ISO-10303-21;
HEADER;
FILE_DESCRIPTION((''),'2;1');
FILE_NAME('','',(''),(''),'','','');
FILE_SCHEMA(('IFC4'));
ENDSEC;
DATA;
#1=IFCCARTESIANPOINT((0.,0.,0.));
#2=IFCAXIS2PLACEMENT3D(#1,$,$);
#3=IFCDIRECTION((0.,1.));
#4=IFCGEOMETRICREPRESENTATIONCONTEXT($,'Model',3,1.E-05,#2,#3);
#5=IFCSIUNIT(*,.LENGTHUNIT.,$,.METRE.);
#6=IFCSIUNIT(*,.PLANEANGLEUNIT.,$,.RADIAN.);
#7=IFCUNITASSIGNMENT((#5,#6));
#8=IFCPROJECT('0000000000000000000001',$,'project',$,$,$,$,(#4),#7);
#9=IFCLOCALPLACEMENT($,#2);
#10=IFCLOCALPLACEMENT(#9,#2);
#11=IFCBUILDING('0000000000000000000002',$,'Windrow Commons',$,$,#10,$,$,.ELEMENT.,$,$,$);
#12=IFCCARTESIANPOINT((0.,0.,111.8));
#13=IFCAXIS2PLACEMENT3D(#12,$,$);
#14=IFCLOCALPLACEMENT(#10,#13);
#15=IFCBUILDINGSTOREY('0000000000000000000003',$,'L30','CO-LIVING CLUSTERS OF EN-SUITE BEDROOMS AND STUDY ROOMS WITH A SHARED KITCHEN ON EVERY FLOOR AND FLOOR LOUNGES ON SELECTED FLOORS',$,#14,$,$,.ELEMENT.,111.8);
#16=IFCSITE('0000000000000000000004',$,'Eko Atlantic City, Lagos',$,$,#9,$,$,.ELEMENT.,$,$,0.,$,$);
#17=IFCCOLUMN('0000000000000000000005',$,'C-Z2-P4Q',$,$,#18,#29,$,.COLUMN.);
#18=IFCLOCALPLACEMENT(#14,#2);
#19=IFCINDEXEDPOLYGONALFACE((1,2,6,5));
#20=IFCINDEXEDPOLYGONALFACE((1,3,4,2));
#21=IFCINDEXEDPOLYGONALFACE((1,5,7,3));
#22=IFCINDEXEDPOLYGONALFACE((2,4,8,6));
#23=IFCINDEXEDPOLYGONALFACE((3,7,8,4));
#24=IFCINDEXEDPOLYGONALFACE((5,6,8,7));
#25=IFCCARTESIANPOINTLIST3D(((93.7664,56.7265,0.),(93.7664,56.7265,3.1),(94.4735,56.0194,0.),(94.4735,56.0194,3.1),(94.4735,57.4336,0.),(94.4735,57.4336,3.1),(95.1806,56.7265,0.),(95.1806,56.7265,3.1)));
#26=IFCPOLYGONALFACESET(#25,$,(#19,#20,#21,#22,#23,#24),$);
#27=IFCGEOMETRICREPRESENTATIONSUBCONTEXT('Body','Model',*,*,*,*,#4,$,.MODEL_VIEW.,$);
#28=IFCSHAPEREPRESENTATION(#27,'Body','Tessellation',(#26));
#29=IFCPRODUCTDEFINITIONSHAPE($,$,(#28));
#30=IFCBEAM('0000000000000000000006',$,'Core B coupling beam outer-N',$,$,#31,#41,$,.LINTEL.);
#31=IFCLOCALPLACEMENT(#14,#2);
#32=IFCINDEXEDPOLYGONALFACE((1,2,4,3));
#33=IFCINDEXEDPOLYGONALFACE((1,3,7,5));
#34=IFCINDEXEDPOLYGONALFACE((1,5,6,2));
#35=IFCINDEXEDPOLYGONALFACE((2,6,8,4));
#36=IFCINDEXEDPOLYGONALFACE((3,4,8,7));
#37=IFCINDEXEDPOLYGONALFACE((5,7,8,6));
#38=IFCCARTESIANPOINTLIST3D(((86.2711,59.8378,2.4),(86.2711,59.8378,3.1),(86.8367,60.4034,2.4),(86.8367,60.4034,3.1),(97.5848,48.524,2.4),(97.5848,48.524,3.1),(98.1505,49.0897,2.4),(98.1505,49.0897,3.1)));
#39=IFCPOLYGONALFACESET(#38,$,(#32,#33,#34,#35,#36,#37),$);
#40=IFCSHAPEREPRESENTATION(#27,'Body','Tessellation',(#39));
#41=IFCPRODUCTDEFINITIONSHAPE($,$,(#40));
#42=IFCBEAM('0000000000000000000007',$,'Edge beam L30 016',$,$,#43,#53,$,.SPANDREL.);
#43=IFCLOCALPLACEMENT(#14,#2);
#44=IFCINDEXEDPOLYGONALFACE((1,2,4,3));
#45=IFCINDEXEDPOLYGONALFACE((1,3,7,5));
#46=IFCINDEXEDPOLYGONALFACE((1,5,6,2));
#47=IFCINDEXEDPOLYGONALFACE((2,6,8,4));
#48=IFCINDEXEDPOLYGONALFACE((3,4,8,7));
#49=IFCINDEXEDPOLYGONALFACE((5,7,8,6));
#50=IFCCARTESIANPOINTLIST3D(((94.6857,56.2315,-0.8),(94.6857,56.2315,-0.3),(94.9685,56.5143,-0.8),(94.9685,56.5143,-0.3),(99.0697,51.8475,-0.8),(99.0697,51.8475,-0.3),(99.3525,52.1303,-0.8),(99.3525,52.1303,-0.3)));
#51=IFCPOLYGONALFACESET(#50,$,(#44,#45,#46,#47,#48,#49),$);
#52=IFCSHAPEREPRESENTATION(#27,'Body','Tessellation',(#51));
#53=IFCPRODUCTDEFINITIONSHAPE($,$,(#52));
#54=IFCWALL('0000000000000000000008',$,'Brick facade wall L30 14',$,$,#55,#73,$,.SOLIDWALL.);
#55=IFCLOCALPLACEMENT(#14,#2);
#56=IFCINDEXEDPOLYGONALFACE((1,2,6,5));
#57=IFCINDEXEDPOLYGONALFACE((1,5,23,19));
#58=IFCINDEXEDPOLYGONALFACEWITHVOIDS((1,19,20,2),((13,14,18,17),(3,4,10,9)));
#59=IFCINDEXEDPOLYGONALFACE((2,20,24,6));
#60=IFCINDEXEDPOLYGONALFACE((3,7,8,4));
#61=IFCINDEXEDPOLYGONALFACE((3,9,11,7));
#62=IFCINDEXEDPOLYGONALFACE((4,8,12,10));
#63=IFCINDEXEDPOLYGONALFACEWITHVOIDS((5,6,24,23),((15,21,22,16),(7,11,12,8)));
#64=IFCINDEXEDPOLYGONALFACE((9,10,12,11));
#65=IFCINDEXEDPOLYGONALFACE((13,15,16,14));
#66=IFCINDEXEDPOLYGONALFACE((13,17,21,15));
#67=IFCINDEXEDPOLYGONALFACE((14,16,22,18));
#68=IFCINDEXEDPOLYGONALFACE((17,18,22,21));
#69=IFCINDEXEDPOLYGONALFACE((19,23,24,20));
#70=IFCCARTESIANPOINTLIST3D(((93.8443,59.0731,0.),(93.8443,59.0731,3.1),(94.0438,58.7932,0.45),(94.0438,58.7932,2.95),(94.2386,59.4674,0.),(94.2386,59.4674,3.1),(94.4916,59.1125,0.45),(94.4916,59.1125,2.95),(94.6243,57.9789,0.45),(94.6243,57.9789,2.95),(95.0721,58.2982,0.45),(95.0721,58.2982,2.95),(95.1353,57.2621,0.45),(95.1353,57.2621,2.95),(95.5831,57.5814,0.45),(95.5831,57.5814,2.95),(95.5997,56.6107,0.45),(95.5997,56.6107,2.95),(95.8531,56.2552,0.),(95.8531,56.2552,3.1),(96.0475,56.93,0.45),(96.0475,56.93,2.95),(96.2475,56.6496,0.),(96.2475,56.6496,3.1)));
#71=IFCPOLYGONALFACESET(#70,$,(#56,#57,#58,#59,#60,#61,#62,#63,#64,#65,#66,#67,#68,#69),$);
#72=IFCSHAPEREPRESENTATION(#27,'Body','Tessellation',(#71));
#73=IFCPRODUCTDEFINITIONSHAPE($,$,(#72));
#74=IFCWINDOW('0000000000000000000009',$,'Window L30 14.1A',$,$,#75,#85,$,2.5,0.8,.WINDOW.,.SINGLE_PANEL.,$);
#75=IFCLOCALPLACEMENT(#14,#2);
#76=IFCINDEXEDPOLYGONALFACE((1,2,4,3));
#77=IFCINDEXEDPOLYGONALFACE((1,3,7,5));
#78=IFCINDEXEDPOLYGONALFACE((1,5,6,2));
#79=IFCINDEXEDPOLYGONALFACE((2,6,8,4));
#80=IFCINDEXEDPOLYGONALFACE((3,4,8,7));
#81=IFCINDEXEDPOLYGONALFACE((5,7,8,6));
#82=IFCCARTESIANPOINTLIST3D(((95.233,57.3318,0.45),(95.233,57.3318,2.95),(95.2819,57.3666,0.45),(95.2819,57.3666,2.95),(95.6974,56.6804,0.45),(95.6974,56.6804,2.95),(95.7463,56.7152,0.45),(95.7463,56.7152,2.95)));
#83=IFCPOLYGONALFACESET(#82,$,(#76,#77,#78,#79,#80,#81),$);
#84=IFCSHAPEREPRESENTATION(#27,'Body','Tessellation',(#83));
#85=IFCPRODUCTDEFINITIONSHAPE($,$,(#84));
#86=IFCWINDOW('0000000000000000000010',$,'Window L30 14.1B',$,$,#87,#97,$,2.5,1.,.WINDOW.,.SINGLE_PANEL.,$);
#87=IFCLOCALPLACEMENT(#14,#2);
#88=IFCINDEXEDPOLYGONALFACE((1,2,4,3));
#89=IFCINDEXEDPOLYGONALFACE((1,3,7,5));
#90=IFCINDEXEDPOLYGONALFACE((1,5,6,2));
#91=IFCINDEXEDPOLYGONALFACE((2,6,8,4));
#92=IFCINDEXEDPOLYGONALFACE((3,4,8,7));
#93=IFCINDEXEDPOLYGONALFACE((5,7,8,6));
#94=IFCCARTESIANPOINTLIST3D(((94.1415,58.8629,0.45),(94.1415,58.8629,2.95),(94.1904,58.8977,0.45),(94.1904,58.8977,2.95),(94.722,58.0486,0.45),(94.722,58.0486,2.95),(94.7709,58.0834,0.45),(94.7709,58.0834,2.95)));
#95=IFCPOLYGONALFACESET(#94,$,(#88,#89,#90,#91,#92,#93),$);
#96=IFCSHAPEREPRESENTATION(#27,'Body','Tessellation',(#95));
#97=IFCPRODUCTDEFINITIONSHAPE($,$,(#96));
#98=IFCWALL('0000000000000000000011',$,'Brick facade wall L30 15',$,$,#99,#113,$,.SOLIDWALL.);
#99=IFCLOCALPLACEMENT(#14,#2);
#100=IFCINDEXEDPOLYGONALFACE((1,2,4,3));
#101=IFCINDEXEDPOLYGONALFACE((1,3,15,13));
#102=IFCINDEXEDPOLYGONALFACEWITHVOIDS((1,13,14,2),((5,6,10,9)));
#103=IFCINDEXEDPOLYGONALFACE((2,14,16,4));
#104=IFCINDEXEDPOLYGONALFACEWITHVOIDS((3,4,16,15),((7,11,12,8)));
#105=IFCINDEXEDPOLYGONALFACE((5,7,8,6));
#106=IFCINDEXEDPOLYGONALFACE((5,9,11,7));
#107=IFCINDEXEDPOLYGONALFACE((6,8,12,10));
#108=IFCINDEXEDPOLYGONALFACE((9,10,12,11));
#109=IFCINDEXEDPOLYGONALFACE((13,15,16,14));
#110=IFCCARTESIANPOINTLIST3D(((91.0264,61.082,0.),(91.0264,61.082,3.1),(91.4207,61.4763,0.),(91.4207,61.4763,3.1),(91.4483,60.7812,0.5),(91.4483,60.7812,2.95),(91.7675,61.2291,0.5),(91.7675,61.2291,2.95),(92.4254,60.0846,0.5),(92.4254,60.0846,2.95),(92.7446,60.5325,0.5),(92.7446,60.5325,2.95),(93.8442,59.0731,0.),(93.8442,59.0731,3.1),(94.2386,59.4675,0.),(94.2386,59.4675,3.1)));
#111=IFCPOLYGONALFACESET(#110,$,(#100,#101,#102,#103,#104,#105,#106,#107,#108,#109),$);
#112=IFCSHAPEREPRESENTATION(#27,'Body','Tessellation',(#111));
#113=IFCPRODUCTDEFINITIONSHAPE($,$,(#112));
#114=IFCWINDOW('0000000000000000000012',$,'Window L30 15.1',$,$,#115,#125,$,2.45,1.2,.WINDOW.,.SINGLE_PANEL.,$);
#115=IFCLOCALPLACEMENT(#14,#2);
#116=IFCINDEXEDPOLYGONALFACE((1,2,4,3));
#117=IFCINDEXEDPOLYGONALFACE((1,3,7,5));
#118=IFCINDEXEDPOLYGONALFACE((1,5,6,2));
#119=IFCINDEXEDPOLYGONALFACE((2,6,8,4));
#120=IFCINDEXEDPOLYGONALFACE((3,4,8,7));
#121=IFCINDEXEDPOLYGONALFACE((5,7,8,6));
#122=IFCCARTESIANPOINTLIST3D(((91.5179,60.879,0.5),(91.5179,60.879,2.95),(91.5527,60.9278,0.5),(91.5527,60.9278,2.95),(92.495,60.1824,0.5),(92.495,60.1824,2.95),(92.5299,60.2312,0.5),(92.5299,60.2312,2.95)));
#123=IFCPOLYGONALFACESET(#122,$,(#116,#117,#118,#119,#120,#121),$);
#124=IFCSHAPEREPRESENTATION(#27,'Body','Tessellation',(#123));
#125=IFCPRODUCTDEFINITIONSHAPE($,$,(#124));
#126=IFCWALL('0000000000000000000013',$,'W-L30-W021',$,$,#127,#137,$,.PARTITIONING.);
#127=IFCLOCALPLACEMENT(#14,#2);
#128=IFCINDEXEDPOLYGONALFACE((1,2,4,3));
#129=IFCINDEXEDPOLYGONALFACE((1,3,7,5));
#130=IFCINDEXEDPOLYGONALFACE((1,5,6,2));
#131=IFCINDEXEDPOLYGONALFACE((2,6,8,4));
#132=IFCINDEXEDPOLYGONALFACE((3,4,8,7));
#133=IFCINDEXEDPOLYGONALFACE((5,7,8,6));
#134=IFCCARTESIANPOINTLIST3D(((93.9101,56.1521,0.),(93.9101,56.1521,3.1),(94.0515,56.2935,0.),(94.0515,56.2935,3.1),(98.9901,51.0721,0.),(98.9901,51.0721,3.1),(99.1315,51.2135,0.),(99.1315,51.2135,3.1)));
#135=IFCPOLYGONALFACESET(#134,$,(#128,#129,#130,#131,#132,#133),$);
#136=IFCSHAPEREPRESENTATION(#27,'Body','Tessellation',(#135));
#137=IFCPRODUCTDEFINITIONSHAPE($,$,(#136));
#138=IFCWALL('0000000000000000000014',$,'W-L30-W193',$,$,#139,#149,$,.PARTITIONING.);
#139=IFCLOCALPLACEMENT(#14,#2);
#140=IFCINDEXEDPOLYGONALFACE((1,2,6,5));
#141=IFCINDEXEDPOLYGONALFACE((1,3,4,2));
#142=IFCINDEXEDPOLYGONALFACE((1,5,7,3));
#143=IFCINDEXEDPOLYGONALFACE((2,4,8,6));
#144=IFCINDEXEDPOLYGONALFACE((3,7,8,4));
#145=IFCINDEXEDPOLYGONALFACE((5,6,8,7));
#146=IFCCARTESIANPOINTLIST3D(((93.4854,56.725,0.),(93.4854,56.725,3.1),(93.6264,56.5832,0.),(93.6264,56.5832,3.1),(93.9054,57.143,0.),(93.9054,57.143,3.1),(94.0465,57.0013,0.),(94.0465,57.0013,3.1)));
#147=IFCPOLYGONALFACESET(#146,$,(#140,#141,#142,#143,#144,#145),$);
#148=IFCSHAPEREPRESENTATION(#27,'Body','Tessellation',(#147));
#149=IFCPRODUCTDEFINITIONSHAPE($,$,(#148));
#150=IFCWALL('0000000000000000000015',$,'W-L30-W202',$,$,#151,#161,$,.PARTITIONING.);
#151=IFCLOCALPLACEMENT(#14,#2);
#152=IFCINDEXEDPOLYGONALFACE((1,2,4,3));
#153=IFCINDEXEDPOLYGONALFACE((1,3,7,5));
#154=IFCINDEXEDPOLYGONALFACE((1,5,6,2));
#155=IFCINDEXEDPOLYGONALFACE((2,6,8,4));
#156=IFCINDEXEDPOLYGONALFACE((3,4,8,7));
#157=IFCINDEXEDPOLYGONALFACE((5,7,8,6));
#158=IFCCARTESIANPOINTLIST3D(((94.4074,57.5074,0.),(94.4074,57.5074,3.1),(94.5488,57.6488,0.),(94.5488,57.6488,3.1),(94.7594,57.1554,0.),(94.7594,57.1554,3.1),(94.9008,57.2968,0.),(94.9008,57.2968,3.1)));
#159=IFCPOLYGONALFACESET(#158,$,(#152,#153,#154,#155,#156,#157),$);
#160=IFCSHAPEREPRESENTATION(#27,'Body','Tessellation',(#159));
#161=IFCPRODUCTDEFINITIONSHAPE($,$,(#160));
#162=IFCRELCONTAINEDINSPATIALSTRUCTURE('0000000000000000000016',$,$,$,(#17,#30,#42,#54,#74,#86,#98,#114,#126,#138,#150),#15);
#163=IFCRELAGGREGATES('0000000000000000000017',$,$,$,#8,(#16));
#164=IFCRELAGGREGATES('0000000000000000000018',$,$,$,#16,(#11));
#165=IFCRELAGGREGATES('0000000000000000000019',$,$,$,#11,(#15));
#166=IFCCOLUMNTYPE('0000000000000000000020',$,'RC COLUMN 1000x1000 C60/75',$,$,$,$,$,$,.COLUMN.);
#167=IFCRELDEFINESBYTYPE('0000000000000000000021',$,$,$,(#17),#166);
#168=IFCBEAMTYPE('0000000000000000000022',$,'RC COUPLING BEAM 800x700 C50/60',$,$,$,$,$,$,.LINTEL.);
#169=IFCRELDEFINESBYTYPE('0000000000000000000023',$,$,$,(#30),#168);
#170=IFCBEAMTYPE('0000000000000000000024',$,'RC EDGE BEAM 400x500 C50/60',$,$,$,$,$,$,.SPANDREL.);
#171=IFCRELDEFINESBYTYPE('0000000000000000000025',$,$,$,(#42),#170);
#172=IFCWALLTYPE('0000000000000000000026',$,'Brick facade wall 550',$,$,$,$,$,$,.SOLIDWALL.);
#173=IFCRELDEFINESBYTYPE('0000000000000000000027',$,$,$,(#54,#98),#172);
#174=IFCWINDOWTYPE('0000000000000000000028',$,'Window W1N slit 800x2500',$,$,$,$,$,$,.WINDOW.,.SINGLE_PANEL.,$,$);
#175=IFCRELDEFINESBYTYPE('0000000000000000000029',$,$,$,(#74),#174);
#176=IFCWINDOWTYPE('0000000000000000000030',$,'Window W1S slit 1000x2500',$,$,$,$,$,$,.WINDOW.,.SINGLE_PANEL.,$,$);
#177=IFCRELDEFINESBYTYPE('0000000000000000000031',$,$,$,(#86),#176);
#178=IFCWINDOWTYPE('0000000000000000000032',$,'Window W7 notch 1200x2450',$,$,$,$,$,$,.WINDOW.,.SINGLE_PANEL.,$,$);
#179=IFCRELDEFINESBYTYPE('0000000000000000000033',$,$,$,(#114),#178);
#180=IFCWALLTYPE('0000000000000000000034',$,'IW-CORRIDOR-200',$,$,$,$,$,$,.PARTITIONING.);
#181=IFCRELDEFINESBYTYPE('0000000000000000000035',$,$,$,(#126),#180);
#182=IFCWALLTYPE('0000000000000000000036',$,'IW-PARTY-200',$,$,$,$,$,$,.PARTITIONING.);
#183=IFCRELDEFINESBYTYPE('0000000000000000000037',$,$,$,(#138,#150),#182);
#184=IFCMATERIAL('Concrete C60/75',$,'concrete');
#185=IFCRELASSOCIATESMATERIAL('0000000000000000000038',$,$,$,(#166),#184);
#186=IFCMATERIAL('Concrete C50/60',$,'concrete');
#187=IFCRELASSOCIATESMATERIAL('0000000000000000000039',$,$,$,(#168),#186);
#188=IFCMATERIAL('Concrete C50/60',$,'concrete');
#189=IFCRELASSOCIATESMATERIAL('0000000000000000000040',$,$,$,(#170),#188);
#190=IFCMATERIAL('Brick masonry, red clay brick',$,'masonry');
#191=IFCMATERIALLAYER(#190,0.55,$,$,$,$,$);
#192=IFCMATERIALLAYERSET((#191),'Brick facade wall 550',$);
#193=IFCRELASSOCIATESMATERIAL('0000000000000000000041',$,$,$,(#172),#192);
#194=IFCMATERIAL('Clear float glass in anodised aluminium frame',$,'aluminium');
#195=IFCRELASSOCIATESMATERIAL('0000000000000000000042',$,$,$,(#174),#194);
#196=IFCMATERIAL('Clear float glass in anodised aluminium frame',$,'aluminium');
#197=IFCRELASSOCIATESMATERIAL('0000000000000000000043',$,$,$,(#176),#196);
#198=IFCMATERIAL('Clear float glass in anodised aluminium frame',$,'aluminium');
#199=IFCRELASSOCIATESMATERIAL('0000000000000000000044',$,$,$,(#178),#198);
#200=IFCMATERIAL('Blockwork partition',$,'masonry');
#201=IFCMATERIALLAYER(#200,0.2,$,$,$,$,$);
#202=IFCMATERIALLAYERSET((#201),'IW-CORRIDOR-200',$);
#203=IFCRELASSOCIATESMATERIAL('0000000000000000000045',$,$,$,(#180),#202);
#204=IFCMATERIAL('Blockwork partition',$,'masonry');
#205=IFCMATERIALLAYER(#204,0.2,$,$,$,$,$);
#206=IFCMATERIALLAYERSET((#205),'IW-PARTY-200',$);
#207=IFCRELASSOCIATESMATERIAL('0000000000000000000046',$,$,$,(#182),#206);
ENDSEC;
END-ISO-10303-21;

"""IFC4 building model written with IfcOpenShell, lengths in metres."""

from ifc_helpers import new_model, si_unit, direction, frame, frame_2d, origin, origin_2d, place, context, subcontext, project, spatial, polyline, rectangle, outline, extrude, material, layer, layer_set, material_profile, profile_set, type_object, element, fill, save


model = new_model("IFC4")

# Units and contexts
model_context = context("Model", 3, precision=1e-05, world=origin(), true_north=direction((0.0, 1.0)))
body_context = subcontext(model_context, "Body", "Model", "MODEL_VIEW")
ifc_project = project(units=[si_unit("LENGTHUNIT", "METRE"), si_unit("PLANEANGLEUNIT", "RADIAN")], contexts=[model_context])

# Site, building, storey
site_placement = place(None, origin())
site = spatial("IfcSite", under=ifc_project, at=site_placement, Name="Eko Atlantic City, Lagos", CompositionType="ELEMENT", RefElevation=0.0)
building_placement = place(site_placement, origin())
building = spatial("IfcBuilding", under=site, at=building_placement, Name="Windrow Commons", CompositionType="ELEMENT")
storey_placement = place(building_placement, frame((0.0, 0.0, 111.8)))
storey = spatial("IfcBuildingStorey", under=building, at=storey_placement, Name="L30", Description="CO-LIVING CLUSTERS OF EN-SUITE BEDROOMS AND STUDY ROOMS WITH A SHARED KITCHEN ON EVERY FLOOR AND FLOOR LOUNGES ON SELECTED FLOORS", CompositionType="ELEMENT", Elevation=111.8)

# Column
ifc_material_1 = material(Name="Concrete C60/75", Category="concrete")
ifc_material_profile_1 = material_profile(ifc_material_1, rectangle(XDim=1.0, YDim=1.0, at=origin_2d()))
ifc_profile_set_1 = profile_set([ifc_material_profile_1], Name="Concrete C60/75")
column_type = type_object("IfcColumnType", Name="RC COLUMN 1000x1000 C60/75", PredefinedType="COLUMN", material=ifc_profile_set_1)
column_placement = place(storey_placement, frame((94.4735, 56.7265, 0.0), z_axis=(0.0, 0.0, 1.0), x_axis=(0.707107, -0.707107, 0.0)))
element("IfcColumn", 1, at=column_placement, inside=storey, type_object=column_type, Name="C-Z2-P4Q", PredefinedType="COLUMN", context=body_context, shape_type="SweptSolid", body=[
    extrude(rectangle(XDim=1.0, YDim=1.0, at=origin_2d()), origin(), (0.0, 0.0, 1.0), 3.1),
])

# Beams
ifc_material_2 = material(Name="Concrete C50/60", Category="concrete")
ifc_material_profile_2 = material_profile(ifc_material_2, rectangle(XDim=0.8, YDim=0.7, at=origin_2d()))
ifc_profile_set_2 = profile_set([ifc_material_profile_2], Name="Concrete C50/60")
beam_type_1 = type_object("IfcBeamType", Name="RC COUPLING BEAM 800x700 C50/60", PredefinedType="LINTEL", material=ifc_profile_set_2)
beam_1_placement = place(storey_placement, frame((86.5539, 60.1206, 2.75), z_axis=(0.707107, -0.707107, 0.0), x_axis=(0.707107, 0.707107, 0.0)))
element("IfcBeam", 2, at=beam_1_placement, inside=storey, type_object=beam_type_1, Name="Core B coupling beam outer-N", PredefinedType="LINTEL", context=body_context, shape_type="SweptSolid", body=[
    extrude(rectangle(XDim=0.8, YDim=0.7, at=origin_2d()), origin(), (0.0, 0.0, 1.0), 16.0),
])
ifc_material_3 = material(Name="Concrete C50/60", Category="concrete")
ifc_material_profile_3 = material_profile(ifc_material_3, rectangle(XDim=0.4, YDim=0.5, at=origin_2d()))
ifc_profile_set_3 = profile_set([ifc_material_profile_3], Name="Concrete C50/60")
beam_type_2 = type_object("IfcBeamType", Name="RC EDGE BEAM 400x500 C50/60", PredefinedType="SPANDREL", material=ifc_profile_set_3)
beam_2_placement = place(storey_placement, frame((94.8271, 56.3729, -0.55), z_axis=(0.707107, -0.707107, 0.0), x_axis=(0.707107, 0.707107, 0.0)))
element("IfcBeam", 3, at=beam_2_placement, inside=storey, type_object=beam_type_2, Name="Edge beam L30 016", PredefinedType="SPANDREL", context=body_context, shape_type="SweptSolid", body=[
    extrude(rectangle(XDim=0.4, YDim=0.5, at=origin_2d()), origin(), (0.0, 0.0, 1.0), 6.1999),
])

# Wall, openings, windows
ifc_material_4 = material(Name="Brick masonry, red clay brick", Category="masonry")
ifc_layer_1 = layer(ifc_material_4, 0.55)
ifc_layer_set_1 = layer_set([ifc_layer_1], Name="Brick facade wall 550")
wall_type_1 = type_object("IfcWallType", Name="Brick facade wall 550", PredefinedType="SOLIDWALL", material=ifc_layer_set_1)
wall_1_placement = place(storey_placement, frame((96.0503, 56.4524, 0.0), z_axis=(0.0, 0.0, 1.0), x_axis=(-0.580494, 0.814264, 0.0)))
wall_1 = element("IfcWall", 4, at=wall_1_placement, inside=storey, type_object=wall_type_1, Name="Brick facade wall L30 14", PredefinedType="SOLIDWALL", context=body_context, shape_type="SweptSolid", body=[
    extrude(outline(polyline([(0.0461, -0.275), (3.5067, -0.275), (3.4145, 0.275), (-0.0461, 0.275), (0.0461, -0.275)])), origin(), (0.0, 0.0, 1.0), 3.1),
])
opening_1_placement = place(wall_1_placement, frame((0.3905, 0.0, 0.45)))
opening_1 = element("IfcOpeningElement", 5, at=opening_1_placement, cuts=wall_1, PredefinedType="OPENING", context=body_context, shape_type="SweptSolid", body=[
    extrude(rectangle(XDim=0.8, YDim=2.5, at=frame_2d((0.4, 1.25))), frame((0.0, 0.285, 0.0), z_axis=(0.0, -1.0, 0.0), x_axis=(1.0, 0.0, 0.0)), (0.0, 0.0, 1.0), 0.57),
])
opening_2_placement = place(wall_1_placement, frame((2.0708, 0.0, 0.45)))
opening_2 = element("IfcOpeningElement", 6, at=opening_2_placement, cuts=wall_1, PredefinedType="OPENING", context=body_context, shape_type="SweptSolid", body=[
    extrude(rectangle(XDim=1.0, YDim=2.5, at=frame_2d((0.5, 1.25))), frame((0.0, 0.285, 0.0), z_axis=(0.0, -1.0, 0.0), x_axis=(1.0, 0.0, 0.0)), (0.0, 0.0, 1.0), 0.57),
])
ifc_material_5 = material(Name="Clear float glass in anodised aluminium frame", Category="aluminium")
window_type_1 = type_object("IfcWindowType", Name="Window W1N slit 800x2500", PartitioningType="SINGLE_PANEL", PredefinedType="WINDOW", material=ifc_material_5)
window_1_placement = place(opening_1_placement, origin())
window_1 = element("IfcWindow", 7, at=window_1_placement, inside=storey, type_object=window_type_1, Name="Window L30 14.1A", OverallHeight=2.5, OverallWidth=0.8, PartitioningType="SINGLE_PANEL", PredefinedType="WINDOW", context=body_context, shape_type="SweptSolid", body=[
    extrude(rectangle(XDim=0.8, YDim=2.5, at=frame_2d((0.4, 1.25))), frame((0.0, 0.155, 0.0), z_axis=(0.0, -1.0, 0.0), x_axis=(1.0, 0.0, 0.0)), (0.0, 0.0, 1.0), 0.06),
])
fill(opening_1, window_1)
ifc_material_6 = material(Name="Clear float glass in anodised aluminium frame", Category="aluminium")
window_type_2 = type_object("IfcWindowType", Name="Window W1S slit 1000x2500", PartitioningType="SINGLE_PANEL", PredefinedType="WINDOW", material=ifc_material_6)
window_2_placement = place(opening_2_placement, origin())
window_2 = element("IfcWindow", 8, at=window_2_placement, inside=storey, type_object=window_type_2, Name="Window L30 14.1B", OverallHeight=2.5, OverallWidth=1.0, PartitioningType="SINGLE_PANEL", PredefinedType="WINDOW", context=body_context, shape_type="SweptSolid", body=[
    extrude(rectangle(XDim=1.0, YDim=2.5, at=frame_2d((0.5, 1.25))), frame((0.0, 0.155, 0.0), z_axis=(0.0, -1.0, 0.0), x_axis=(1.0, 0.0, 0.0)), (0.0, 0.0, 1.0), 0.06),
])
fill(opening_2, window_2)

# Wall, opening, window
wall_2_placement = place(storey_placement, frame((94.0414, 59.2703, 0.0), z_axis=(0.0, 0.0, 1.0), x_axis=(-0.814264, 0.580494, 0.0)))
wall_2 = element("IfcWall", 9, at=wall_2_placement, inside=storey, type_object=wall_type_1, Name="Brick facade wall L30 15", PredefinedType="SOLIDWALL", context=body_context, shape_type="SweptSolid", body=[
    extrude(outline(polyline([(-0.0461, -0.275), (3.4145, -0.275), (3.5067, 0.275), (0.0461, 0.275), (-0.0461, -0.275)])), origin(), (0.0, 0.0, 1.0), 3.1),
])
opening_3_placement = place(wall_2_placement, frame((1.7886, 0.0, 0.5)))
opening_3 = element("IfcOpeningElement", 10, at=opening_3_placement, cuts=wall_2, PredefinedType="OPENING", context=body_context, shape_type="SweptSolid", body=[
    extrude(rectangle(XDim=1.2, YDim=2.45, at=frame_2d((0.6, 1.225))), frame((0.0, 0.285, 0.0), z_axis=(0.0, -1.0, 0.0), x_axis=(1.0, 0.0, 0.0)), (0.0, 0.0, 1.0), 0.57),
])
ifc_material_7 = material(Name="Clear float glass in anodised aluminium frame", Category="aluminium")
window_type_3 = type_object("IfcWindowType", Name="Window W7 notch 1200x2450", PartitioningType="SINGLE_PANEL", PredefinedType="WINDOW", material=ifc_material_7)
window_3_placement = place(opening_3_placement, origin())
window_3 = element("IfcWindow", 11, at=window_3_placement, inside=storey, type_object=window_type_3, Name="Window L30 15.1", OverallHeight=2.45, OverallWidth=1.2, PartitioningType="SINGLE_PANEL", PredefinedType="WINDOW", context=body_context, shape_type="SweptSolid", body=[
    extrude(rectangle(XDim=1.2, YDim=2.45, at=frame_2d((0.6, 1.225))), frame((0.0, 0.155, 0.0), z_axis=(0.0, -1.0, 0.0), x_axis=(1.0, 0.0, 0.0)), (0.0, 0.0, 1.0), 0.06),
])
fill(opening_3, window_3)

# Walls
ifc_material_8 = material(Name="Blockwork partition", Category="masonry")
ifc_layer_2 = layer(ifc_material_8, 0.2)
ifc_layer_set_2 = layer_set([ifc_layer_2], Name="IW-CORRIDOR-200")
wall_type_2 = type_object("IfcWallType", Name="IW-CORRIDOR-200", PredefinedType="PARTITIONING", material=ifc_layer_set_2)
wall_3_placement = place(storey_placement, frame((93.9808, 56.2228, 0.0), z_axis=(0.0, 0.0, 1.0), x_axis=(0.707107, -0.707107, 0.0)))
element("IfcWall", 12, at=wall_3_placement, inside=storey, type_object=wall_type_2, Name="W-L30-W021", PredefinedType="PARTITIONING", context=body_context, shape_type="SweptSolid", body=[
    extrude(rectangle(XDim=7.1842, YDim=0.2, at=frame_2d((3.5921, 0.0))), origin(), (0.0, 0.0, 1.0), 3.1),
])
ifc_material_9 = material(Name="Blockwork partition", Category="masonry")
ifc_layer_3 = layer(ifc_material_9, 0.2)
ifc_layer_set_3 = layer_set([ifc_layer_3], Name="IW-PARTY-200")
wall_type_3 = type_object("IfcWallType", Name="IW-PARTY-200", PredefinedType="PARTITIONING", material=ifc_layer_set_3)
wall_4_placement = place(storey_placement, frame((93.5559, 56.6541, 0.0), z_axis=(0.0, 0.0, 1.0), x_axis=(0.708792, 0.705417, 0.0)))
element("IfcWall", 13, at=wall_4_placement, inside=storey, type_object=wall_type_3, Name="W-L30-W193", PredefinedType="PARTITIONING", context=body_context, shape_type="SweptSolid", body=[
    extrude(rectangle(XDim=0.5926, YDim=0.2, at=frame_2d((0.2963, 0.0))), origin(), (0.0, 0.0, 1.0), 3.1),
])
for number, where, z_axis, x_axis, name in (
    (14, (94.4781, 57.5781, 0.0), (0.0, 0.0, 1.0), (0.707107, -0.707107, 0.0), "W-L30-W202"),
):
    element("IfcWall", number, at=place(storey_placement, frame(where, z_axis=z_axis, x_axis=x_axis)), inside=storey, type_object=wall_type_3, Name=name, PredefinedType="PARTITIONING", context=body_context, shape_type="SweptSolid", body=[
        extrude(rectangle(XDim=0.4978, YDim=0.2, at=frame_2d((0.2489, 0.0))), origin(), (0.0, 0.0, 1.0), 3.1),
    ])

save(model, "model.ifc")
